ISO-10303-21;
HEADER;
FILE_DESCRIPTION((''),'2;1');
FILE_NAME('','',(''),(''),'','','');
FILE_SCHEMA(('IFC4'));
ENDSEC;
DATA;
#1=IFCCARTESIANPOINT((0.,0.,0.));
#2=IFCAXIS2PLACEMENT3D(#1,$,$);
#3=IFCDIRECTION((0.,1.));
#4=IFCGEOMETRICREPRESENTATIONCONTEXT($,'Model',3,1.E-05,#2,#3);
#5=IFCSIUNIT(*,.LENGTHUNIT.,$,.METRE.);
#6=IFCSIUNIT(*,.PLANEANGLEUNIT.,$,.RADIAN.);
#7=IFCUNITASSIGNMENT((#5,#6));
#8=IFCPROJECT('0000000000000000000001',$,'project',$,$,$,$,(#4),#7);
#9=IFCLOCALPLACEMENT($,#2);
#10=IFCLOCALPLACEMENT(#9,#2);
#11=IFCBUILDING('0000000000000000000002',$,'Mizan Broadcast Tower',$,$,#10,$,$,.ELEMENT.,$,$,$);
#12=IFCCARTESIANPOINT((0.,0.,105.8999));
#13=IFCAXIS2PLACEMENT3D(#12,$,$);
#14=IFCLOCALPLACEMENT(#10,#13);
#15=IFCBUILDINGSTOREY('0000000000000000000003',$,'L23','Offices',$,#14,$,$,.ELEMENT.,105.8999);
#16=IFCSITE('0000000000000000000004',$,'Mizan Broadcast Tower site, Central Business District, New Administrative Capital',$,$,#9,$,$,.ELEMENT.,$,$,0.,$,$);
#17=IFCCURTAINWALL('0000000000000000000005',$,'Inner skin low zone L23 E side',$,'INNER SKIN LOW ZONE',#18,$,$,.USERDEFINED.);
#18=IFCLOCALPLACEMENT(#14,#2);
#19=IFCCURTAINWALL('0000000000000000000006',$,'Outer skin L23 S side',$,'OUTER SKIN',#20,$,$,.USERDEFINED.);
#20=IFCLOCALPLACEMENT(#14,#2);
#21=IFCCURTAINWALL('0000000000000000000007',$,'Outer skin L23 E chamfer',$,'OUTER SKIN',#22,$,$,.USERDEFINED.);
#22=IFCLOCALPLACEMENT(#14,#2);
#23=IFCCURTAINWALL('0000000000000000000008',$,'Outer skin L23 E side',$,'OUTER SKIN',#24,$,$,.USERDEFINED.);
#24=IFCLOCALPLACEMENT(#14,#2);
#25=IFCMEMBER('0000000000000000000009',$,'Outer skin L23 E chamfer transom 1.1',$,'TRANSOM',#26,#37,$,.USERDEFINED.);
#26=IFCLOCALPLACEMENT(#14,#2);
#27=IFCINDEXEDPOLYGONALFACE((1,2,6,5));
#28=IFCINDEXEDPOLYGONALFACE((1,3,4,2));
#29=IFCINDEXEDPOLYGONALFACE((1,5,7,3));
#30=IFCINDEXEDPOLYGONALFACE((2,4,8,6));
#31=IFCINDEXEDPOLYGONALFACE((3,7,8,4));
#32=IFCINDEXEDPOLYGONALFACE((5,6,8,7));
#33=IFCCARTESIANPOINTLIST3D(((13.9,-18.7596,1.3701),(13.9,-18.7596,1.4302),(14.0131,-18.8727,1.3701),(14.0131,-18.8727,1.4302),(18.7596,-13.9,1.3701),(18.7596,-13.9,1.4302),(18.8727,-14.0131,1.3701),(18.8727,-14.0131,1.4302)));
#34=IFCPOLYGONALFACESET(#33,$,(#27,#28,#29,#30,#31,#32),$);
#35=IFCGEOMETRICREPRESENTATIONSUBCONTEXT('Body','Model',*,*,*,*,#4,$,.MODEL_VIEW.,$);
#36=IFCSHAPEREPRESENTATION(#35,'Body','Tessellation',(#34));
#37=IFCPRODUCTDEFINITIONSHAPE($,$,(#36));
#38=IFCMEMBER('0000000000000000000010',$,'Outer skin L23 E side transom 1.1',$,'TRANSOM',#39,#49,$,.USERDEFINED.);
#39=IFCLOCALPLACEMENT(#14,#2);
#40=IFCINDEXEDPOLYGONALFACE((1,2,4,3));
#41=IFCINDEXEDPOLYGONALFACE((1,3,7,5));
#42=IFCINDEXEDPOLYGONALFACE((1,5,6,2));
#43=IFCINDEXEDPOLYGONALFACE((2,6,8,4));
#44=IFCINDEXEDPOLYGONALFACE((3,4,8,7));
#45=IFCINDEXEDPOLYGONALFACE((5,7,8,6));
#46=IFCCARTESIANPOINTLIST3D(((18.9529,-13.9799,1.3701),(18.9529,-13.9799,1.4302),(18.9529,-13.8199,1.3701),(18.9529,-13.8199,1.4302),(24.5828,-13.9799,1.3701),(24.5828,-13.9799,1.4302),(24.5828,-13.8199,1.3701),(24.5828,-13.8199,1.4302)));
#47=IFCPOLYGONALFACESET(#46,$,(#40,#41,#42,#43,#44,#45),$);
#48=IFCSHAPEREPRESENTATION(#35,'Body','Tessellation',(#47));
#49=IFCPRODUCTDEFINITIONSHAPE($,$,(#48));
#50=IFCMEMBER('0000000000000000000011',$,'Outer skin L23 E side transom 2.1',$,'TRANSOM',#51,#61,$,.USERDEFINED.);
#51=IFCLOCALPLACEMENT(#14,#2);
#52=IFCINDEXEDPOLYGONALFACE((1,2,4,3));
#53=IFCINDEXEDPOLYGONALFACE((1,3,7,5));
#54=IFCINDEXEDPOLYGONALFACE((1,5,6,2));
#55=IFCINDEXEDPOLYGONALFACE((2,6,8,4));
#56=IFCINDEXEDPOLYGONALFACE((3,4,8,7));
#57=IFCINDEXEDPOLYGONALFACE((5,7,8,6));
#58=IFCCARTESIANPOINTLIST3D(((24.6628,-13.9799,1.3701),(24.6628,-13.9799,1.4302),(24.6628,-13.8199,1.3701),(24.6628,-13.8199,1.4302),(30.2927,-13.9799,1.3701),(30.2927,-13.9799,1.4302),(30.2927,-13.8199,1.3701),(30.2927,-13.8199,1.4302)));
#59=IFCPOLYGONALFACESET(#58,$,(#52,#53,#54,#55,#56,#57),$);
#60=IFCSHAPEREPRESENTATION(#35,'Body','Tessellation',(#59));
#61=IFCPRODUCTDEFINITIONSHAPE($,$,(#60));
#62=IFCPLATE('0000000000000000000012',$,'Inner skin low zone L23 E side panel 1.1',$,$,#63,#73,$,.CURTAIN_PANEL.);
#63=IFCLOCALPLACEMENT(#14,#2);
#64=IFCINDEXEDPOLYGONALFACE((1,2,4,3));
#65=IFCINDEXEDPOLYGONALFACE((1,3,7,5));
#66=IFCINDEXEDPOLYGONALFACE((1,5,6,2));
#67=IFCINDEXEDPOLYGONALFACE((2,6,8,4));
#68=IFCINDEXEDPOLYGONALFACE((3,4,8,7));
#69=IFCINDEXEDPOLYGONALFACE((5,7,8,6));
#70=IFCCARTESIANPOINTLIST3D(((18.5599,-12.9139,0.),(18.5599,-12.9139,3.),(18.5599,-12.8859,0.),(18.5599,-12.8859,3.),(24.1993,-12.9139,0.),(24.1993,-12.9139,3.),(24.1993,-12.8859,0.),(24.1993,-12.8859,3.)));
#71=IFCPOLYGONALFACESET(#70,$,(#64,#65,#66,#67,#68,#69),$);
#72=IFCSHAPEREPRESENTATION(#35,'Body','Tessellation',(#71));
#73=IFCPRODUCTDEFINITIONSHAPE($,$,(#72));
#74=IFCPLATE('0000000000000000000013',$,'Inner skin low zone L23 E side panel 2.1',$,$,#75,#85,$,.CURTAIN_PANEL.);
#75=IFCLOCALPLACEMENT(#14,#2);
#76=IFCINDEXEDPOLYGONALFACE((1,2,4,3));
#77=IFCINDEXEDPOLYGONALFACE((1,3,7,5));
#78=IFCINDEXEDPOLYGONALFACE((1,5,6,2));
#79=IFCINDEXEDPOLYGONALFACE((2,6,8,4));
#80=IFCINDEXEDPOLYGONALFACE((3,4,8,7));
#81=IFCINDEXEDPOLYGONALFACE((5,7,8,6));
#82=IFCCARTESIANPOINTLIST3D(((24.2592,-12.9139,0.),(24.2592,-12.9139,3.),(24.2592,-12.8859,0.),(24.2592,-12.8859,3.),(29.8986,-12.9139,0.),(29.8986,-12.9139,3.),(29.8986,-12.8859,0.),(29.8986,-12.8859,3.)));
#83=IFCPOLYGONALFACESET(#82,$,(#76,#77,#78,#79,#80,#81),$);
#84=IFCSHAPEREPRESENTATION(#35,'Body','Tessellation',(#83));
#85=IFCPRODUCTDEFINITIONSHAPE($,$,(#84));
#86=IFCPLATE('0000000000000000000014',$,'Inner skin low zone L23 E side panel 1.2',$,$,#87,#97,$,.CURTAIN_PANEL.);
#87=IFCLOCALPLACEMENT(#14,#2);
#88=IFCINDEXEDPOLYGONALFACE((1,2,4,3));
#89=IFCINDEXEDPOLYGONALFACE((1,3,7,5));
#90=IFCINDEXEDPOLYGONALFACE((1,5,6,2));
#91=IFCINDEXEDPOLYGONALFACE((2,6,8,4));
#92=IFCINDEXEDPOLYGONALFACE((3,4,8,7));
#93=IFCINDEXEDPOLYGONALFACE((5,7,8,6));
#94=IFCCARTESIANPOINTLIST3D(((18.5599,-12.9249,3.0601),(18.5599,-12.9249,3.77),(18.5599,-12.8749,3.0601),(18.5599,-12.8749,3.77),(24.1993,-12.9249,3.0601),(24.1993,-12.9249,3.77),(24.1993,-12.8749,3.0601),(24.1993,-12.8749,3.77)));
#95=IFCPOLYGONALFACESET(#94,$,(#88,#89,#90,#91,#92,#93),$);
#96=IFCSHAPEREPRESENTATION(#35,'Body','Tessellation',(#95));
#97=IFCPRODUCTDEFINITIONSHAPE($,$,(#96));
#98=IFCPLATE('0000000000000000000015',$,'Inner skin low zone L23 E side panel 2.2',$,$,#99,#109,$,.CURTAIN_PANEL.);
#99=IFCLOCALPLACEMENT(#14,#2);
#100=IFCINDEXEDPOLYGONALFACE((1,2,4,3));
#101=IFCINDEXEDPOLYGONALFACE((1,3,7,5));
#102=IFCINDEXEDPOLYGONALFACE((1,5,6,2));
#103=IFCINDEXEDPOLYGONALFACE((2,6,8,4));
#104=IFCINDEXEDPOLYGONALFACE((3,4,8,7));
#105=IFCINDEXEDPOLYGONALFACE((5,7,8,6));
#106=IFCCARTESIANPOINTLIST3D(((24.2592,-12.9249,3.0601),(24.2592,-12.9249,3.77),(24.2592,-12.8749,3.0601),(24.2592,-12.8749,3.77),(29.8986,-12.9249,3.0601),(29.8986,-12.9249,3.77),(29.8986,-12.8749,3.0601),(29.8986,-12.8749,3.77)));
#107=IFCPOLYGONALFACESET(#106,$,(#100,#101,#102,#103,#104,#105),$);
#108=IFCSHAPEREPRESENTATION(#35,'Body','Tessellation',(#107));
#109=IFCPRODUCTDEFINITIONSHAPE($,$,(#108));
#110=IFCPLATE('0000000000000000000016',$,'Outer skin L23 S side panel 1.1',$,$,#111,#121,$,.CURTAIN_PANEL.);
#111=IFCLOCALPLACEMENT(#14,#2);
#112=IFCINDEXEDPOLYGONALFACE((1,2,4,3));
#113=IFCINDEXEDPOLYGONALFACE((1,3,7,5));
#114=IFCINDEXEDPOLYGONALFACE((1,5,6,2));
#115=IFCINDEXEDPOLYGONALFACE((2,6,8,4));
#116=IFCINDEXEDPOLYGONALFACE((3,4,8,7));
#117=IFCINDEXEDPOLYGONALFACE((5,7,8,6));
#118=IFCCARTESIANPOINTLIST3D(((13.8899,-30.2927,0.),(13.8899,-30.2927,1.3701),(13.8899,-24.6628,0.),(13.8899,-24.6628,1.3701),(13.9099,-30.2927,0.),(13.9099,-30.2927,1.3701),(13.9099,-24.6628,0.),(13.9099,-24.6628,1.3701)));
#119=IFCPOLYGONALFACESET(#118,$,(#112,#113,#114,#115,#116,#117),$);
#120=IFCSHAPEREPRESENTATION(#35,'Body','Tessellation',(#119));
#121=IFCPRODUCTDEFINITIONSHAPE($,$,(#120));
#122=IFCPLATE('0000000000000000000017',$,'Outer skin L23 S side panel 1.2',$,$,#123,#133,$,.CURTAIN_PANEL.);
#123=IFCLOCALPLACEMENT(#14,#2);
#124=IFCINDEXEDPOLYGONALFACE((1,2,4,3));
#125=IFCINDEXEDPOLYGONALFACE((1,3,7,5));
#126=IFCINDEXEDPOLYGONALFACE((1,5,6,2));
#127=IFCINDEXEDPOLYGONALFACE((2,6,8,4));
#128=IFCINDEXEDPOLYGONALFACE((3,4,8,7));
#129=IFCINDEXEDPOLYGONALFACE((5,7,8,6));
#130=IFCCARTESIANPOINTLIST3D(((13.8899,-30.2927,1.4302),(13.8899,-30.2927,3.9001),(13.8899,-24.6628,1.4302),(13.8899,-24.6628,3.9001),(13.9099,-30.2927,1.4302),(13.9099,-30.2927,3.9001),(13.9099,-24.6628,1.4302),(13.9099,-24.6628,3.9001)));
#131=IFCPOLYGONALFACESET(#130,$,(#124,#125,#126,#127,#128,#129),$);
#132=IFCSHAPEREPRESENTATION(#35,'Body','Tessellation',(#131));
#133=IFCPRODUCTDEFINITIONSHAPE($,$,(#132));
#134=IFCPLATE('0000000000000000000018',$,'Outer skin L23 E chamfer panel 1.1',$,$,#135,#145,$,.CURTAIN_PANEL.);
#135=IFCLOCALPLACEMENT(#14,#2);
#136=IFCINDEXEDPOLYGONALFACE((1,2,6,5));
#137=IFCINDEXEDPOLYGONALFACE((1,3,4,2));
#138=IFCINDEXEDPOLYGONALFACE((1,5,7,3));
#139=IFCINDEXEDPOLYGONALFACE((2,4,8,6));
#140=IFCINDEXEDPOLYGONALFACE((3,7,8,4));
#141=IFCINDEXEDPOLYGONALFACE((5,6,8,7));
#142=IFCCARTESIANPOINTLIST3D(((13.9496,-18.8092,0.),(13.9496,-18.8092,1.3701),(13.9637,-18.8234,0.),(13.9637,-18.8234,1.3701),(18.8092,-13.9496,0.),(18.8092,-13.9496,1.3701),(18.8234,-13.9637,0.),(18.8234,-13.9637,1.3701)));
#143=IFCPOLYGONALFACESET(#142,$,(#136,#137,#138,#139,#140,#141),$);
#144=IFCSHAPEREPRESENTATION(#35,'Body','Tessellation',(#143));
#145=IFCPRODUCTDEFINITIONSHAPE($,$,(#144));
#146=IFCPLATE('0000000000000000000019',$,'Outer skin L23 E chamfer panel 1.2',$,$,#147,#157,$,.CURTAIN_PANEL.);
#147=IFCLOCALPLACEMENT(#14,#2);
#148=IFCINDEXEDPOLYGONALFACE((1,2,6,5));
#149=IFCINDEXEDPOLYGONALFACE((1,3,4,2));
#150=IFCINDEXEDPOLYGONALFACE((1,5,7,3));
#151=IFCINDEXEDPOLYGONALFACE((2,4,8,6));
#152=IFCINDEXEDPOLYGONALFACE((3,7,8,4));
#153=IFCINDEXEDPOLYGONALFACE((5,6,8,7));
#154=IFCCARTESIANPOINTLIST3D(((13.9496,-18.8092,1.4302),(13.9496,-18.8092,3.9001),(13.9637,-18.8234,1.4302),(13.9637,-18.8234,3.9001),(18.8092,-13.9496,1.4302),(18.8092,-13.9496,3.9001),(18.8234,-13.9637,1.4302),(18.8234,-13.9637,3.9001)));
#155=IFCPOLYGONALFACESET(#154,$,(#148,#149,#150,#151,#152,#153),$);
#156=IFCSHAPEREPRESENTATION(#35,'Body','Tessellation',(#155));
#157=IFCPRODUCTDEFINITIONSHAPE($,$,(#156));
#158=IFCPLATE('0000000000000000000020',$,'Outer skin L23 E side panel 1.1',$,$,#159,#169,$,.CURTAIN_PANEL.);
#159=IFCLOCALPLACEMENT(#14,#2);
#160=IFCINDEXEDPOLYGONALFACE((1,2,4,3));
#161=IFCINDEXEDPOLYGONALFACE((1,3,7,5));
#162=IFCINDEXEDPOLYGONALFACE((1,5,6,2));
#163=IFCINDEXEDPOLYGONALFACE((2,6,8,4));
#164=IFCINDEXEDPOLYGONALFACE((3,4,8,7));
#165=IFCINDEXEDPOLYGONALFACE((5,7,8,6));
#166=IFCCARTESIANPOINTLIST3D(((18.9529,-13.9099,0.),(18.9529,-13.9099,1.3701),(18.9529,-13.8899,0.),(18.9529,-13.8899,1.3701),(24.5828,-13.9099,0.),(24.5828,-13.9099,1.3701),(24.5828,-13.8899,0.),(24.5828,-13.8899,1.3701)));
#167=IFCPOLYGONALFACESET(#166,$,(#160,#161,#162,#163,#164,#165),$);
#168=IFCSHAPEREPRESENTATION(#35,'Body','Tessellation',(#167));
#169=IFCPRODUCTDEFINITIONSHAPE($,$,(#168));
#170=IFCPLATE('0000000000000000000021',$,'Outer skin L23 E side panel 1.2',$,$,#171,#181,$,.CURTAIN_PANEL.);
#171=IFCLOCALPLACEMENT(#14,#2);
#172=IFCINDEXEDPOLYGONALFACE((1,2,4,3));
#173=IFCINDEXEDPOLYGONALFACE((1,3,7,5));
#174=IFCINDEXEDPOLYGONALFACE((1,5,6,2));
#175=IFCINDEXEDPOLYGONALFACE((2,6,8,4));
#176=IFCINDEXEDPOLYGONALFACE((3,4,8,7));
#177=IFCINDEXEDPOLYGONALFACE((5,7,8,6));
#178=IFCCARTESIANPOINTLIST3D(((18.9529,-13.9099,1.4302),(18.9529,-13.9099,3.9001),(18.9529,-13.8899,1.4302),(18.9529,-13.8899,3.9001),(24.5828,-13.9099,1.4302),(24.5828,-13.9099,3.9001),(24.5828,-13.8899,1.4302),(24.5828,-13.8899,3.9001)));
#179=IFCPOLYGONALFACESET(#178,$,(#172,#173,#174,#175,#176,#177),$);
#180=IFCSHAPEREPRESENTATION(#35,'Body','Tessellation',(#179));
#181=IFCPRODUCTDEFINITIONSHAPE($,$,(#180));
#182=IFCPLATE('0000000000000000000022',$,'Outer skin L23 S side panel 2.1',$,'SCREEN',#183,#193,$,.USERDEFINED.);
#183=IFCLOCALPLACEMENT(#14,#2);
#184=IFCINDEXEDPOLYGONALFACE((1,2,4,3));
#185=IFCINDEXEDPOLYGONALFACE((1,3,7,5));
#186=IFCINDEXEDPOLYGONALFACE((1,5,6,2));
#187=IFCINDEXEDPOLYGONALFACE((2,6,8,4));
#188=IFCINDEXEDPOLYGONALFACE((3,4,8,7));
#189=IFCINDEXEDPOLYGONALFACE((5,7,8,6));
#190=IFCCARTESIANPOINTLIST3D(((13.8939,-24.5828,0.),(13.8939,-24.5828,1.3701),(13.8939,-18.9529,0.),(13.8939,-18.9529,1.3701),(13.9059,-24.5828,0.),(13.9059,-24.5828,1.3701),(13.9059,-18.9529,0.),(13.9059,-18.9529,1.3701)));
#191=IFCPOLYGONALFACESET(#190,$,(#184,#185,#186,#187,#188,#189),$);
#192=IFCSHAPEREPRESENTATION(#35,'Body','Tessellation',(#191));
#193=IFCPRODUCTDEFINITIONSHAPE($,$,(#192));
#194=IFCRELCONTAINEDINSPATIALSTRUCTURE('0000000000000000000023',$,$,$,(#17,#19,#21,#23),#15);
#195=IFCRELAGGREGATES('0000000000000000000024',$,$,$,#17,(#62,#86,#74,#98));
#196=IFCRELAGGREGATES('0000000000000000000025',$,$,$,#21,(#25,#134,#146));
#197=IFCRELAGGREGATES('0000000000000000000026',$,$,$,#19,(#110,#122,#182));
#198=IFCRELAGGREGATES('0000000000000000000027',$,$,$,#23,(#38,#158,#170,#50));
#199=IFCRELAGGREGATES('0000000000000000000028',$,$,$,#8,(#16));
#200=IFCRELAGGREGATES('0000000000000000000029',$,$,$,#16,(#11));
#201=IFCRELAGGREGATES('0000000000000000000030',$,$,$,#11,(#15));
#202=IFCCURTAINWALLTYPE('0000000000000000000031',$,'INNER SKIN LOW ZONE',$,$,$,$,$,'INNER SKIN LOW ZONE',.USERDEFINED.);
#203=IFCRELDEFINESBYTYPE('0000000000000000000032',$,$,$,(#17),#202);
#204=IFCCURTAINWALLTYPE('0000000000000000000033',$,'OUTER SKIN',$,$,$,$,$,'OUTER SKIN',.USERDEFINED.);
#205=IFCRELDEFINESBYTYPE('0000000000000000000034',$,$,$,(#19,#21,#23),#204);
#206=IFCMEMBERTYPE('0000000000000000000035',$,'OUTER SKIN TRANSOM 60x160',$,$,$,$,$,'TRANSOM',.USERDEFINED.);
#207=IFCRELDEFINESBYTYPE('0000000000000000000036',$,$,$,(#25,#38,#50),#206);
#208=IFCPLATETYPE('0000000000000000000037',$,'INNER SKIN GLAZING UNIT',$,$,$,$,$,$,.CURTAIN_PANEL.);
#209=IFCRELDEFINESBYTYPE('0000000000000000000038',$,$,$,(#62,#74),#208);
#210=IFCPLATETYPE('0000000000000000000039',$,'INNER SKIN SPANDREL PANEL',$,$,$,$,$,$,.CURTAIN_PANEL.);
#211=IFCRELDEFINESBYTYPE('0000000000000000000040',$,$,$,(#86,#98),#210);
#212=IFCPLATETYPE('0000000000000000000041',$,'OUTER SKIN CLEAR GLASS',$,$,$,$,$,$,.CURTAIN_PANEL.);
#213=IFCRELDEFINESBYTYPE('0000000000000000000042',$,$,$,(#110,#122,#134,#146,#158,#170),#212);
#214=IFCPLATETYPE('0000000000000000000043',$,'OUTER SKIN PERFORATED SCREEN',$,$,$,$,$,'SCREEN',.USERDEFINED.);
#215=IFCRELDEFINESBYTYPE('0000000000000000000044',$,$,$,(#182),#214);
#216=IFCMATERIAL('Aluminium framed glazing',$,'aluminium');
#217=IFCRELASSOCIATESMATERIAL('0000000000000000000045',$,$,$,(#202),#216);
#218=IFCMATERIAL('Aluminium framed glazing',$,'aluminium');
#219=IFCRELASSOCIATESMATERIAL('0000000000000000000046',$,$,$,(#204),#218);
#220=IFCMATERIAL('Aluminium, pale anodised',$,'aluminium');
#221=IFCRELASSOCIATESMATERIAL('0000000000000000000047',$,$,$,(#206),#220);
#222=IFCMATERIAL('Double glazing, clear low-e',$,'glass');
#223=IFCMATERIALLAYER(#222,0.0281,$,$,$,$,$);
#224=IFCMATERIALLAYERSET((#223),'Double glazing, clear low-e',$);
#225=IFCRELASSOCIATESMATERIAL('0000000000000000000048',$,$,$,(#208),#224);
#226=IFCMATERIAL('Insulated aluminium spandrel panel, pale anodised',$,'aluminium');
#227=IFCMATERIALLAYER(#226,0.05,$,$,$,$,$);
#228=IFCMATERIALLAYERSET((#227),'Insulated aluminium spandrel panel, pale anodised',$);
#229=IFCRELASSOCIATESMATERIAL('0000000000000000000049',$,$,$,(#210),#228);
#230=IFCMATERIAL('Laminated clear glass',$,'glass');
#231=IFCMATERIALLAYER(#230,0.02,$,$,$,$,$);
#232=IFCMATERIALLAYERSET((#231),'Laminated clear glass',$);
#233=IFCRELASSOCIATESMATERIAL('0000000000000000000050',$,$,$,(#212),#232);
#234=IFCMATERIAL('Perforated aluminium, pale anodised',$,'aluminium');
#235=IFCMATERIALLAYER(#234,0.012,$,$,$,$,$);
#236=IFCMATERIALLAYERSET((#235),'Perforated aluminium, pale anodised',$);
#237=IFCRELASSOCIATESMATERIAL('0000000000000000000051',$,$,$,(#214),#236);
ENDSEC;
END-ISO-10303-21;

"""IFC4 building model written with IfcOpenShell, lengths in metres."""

from ifc_helpers import new_model, si_unit, direction, frame, origin, origin_2d, place, context, subcontext, project, spatial, rectangle, extrude, material, layer, layer_set, material_profile, profile_set, type_object, element, aggregate, save


model = new_model("IFC4")

# Units and contexts
model_context = context("Model", 3, precision=1e-05, world=origin(), true_north=direction((0.0, 1.0)))
body_context = subcontext(model_context, "Body", "Model", "MODEL_VIEW")
ifc_project = project(units=[si_unit("LENGTHUNIT", "METRE"), si_unit("PLANEANGLEUNIT", "RADIAN")], contexts=[model_context])

# Site, building, storey
site_placement = place(None, origin())
site = spatial("IfcSite", under=ifc_project, at=site_placement, Name="Mizan Broadcast Tower site, Central Business District, New Administrative Capital", CompositionType="ELEMENT", RefElevation=0.0)
building_placement = place(site_placement, origin())
building = spatial("IfcBuilding", under=site, at=building_placement, Name="Mizan Broadcast Tower", CompositionType="ELEMENT")
storey_placement = place(building_placement, frame((0.0, 0.0, 105.8999)))
storey = spatial("IfcBuildingStorey", under=building, at=storey_placement, Name="L23", Description="Offices", CompositionType="ELEMENT", Elevation=105.8999)

# Curtain wall
ifc_material_1 = material(Name="Aluminium framed glazing", Category="aluminium")
curtain_wall_type_1 = type_object("IfcCurtainWallType", Name="INNER SKIN LOW ZONE", ElementType="INNER SKIN LOW ZONE", PredefinedType="USERDEFINED", material=ifc_material_1)
curtain_wall_1_placement = place(storey_placement, origin())
curtain_wall_1 = element("IfcCurtainWall", 1, at=curtain_wall_1_placement, inside=storey, type_object=curtain_wall_type_1, Name="Inner skin low zone L23 E side", ObjectType="INNER SKIN LOW ZONE", PredefinedType="USERDEFINED")

# Shared definitions
ifc_material_2 = material(Name="Aluminium framed glazing", Category="aluminium")
curtain_wall_type_2 = type_object("IfcCurtainWallType", Name="OUTER SKIN", ElementType="OUTER SKIN", PredefinedType="USERDEFINED", material=ifc_material_2)

# Curtain wall
curtain_wall_2_placement = place(storey_placement, origin())
curtain_wall_2 = element("IfcCurtainWall", 2, at=curtain_wall_2_placement, inside=storey, type_object=curtain_wall_type_2, Name="Outer skin L23 S side", ObjectType="OUTER SKIN", PredefinedType="USERDEFINED")

# Curtain wall
curtain_wall_3_placement = place(storey_placement, origin())
curtain_wall_3 = element("IfcCurtainWall", 3, at=curtain_wall_3_placement, inside=storey, type_object=curtain_wall_type_2, Name="Outer skin L23 E chamfer", ObjectType="OUTER SKIN", PredefinedType="USERDEFINED")

# Curtain wall
curtain_wall_4_placement = place(storey_placement, origin())
curtain_wall_4 = element("IfcCurtainWall", 4, at=curtain_wall_4_placement, inside=storey, type_object=curtain_wall_type_2, Name="Outer skin L23 E side", ObjectType="OUTER SKIN", PredefinedType="USERDEFINED")

# Shared definitions
ifc_material_3 = material(Name="Aluminium, pale anodised", Category="aluminium")
ifc_material_profile_1 = material_profile(ifc_material_3, rectangle(XDim=0.1599, YDim=0.0601, at=origin_2d()), Name="TRANSOM 160x60")
ifc_profile_set_1 = profile_set([ifc_material_profile_1], Name="Aluminium, pale anodised")
member_type_1 = type_object("IfcMemberType", Name="OUTER SKIN TRANSOM 60x160", ElementType="TRANSOM", PredefinedType="USERDEFINED", material=ifc_profile_set_1)

# Members
member_1_placement = place(storey_placement, frame((13.9565, -18.8162, 1.4001), z_axis=(0.707107, 0.707107, 0.0), x_axis=(-0.707107, 0.707107, 0.0)))
member_1 = element("IfcMember", 5, at=member_1_placement, type_object=member_type_1, Name="Outer skin L23 E chamfer transom 1.1", ObjectType="TRANSOM", PredefinedType="USERDEFINED", context=body_context, shape_type="SweptSolid", body=[
    extrude(rectangle(XDim=0.1599, YDim=0.0601, at=origin_2d()), origin(), (0.0, 0.0, 1.0), 6.8726),
])
member_2_placement = place(storey_placement, frame((18.9529, -13.8999, 1.4001), z_axis=(1.0, 0.0, 0.0), x_axis=(0.0, 1.0, 0.0)))
member_2 = element("IfcMember", 6, at=member_2_placement, type_object=member_type_1, Name="Outer skin L23 E side transom 1.1", ObjectType="TRANSOM", PredefinedType="USERDEFINED", context=body_context, shape_type="SweptSolid", body=[
    extrude(rectangle(XDim=0.1599, YDim=0.0601, at=origin_2d()), origin(), (0.0, 0.0, 1.0), 5.6299),
])
member_3_placement = place(storey_placement, frame((24.6628, -13.8999, 1.4001), z_axis=(1.0, 0.0, 0.0), x_axis=(0.0, 1.0, 0.0)))
member_3 = element("IfcMember", 7, at=member_3_placement, type_object=member_type_1, Name="Outer skin L23 E side transom 2.1", ObjectType="TRANSOM", PredefinedType="USERDEFINED", context=body_context, shape_type="SweptSolid", body=[
    extrude(rectangle(XDim=0.1599, YDim=0.0601, at=origin_2d()), origin(), (0.0, 0.0, 1.0), 5.6299),
])

# Plates
ifc_material_4 = material(Name="Double glazing, clear low-e", Category="glass")
ifc_layer_1 = layer(ifc_material_4, 0.0281)
ifc_layer_set_1 = layer_set([ifc_layer_1], Name="Double glazing, clear low-e")
plate_type_1 = type_object("IfcPlateType", Name="INNER SKIN GLAZING UNIT", PredefinedType="CURTAIN_PANEL", material=ifc_layer_set_1)
plate_1_placement = place(storey_placement, frame((21.3796, -12.8999, 0.0), z_axis=(0.0, 0.0, 1.0), x_axis=(1.0, 0.0, 0.0)))
plate_1 = element("IfcPlate", 8, at=plate_1_placement, type_object=plate_type_1, Name="Inner skin low zone L23 E side panel 1.1", PredefinedType="CURTAIN_PANEL", context=body_context, shape_type="SweptSolid", body=[
    extrude(rectangle(XDim=5.6394, YDim=0.0281, at=origin_2d()), origin(), (0.0, 0.0, 1.0), 3.0),
])
plate_2_placement = place(storey_placement, frame((27.0789, -12.8999, 0.0), z_axis=(0.0, 0.0, 1.0), x_axis=(1.0, 0.0, 0.0)))
plate_2 = element("IfcPlate", 9, at=plate_2_placement, type_object=plate_type_1, Name="Inner skin low zone L23 E side panel 2.1", PredefinedType="CURTAIN_PANEL", context=body_context, shape_type="SweptSolid", body=[
    extrude(rectangle(XDim=5.6394, YDim=0.0281, at=origin_2d()), origin(), (0.0, 0.0, 1.0), 3.0),
])
ifc_material_5 = material(Name="Insulated aluminium spandrel panel, pale anodised", Category="aluminium")
ifc_layer_2 = layer(ifc_material_5, 0.05)
ifc_layer_set_2 = layer_set([ifc_layer_2], Name="Insulated aluminium spandrel panel, pale anodised")
plate_type_2 = type_object("IfcPlateType", Name="INNER SKIN SPANDREL PANEL", PredefinedType="CURTAIN_PANEL", material=ifc_layer_set_2)
plate_3_placement = place(storey_placement, frame((21.3796, -12.8999, 3.0601), z_axis=(0.0, 0.0, 1.0), x_axis=(1.0, 0.0, 0.0)))
plate_3 = element("IfcPlate", 10, at=plate_3_placement, type_object=plate_type_2, Name="Inner skin low zone L23 E side panel 1.2", PredefinedType="CURTAIN_PANEL", context=body_context, shape_type="SweptSolid", body=[
    extrude(rectangle(XDim=5.6394, YDim=0.05, at=origin_2d()), origin(), (0.0, 0.0, 1.0), 0.71),
])
plate_4_placement = place(storey_placement, frame((27.0789, -12.8999, 3.0601), z_axis=(0.0, 0.0, 1.0), x_axis=(1.0, 0.0, 0.0)))
plate_4 = element("IfcPlate", 11, at=plate_4_placement, type_object=plate_type_2, Name="Inner skin low zone L23 E side panel 2.2", PredefinedType="CURTAIN_PANEL", context=body_context, shape_type="SweptSolid", body=[
    extrude(rectangle(XDim=5.6394, YDim=0.05, at=origin_2d()), origin(), (0.0, 0.0, 1.0), 0.71),
])
aggregate(curtain_wall_1, [plate_1, plate_3, plate_2, plate_4])
ifc_material_6 = material(Name="Laminated clear glass", Category="glass")
ifc_layer_3 = layer(ifc_material_6, 0.02)
ifc_layer_set_3 = layer_set([ifc_layer_3], Name="Laminated clear glass")
plate_type_3 = type_object("IfcPlateType", Name="OUTER SKIN CLEAR GLASS", PredefinedType="CURTAIN_PANEL", material=ifc_layer_set_3)
plate_5_placement = place(storey_placement, frame((13.8999, -27.4778, 0.0), z_axis=(0.0, 0.0, 1.0), x_axis=(0.0, 1.0, 0.0)))
plate_5 = element("IfcPlate", 12, at=plate_5_placement, type_object=plate_type_3, Name="Outer skin L23 S side panel 1.1", PredefinedType="CURTAIN_PANEL", context=body_context, shape_type="SweptSolid", body=[
    extrude(rectangle(XDim=5.6299, YDim=0.02, at=origin_2d()), origin(), (0.0, 0.0, 1.0), 1.3701),
])
plate_6_placement = place(storey_placement, frame((13.8999, -27.4778, 1.4302), z_axis=(0.0, 0.0, 1.0), x_axis=(0.0, 1.0, 0.0)))
plate_6 = element("IfcPlate", 13, at=plate_6_placement, type_object=plate_type_3, Name="Outer skin L23 S side panel 1.2", PredefinedType="CURTAIN_PANEL", context=body_context, shape_type="SweptSolid", body=[
    extrude(rectangle(XDim=5.6299, YDim=0.02, at=origin_2d()), origin(), (0.0, 0.0, 1.0), 2.47),
])
plate_7_placement = place(storey_placement, frame((16.3865, -16.3865, 0.0), z_axis=(0.0, 0.0, 1.0), x_axis=(0.707107, 0.707107, 0.0)))
plate_7 = element("IfcPlate", 14, at=plate_7_placement, type_object=plate_type_3, Name="Outer skin L23 E chamfer panel 1.1", PredefinedType="CURTAIN_PANEL", context=body_context, shape_type="SweptSolid", body=[
    extrude(rectangle(XDim=6.8726, YDim=0.02, at=origin_2d()), origin(), (0.0, 0.0, 1.0), 1.3701),
])
plate_8_placement = place(storey_placement, frame((16.3865, -16.3865, 1.4302), z_axis=(0.0, 0.0, 1.0), x_axis=(0.707107, 0.707107, 0.0)))
plate_8 = element("IfcPlate", 15, at=plate_8_placement, type_object=plate_type_3, Name="Outer skin L23 E chamfer panel 1.2", PredefinedType="CURTAIN_PANEL", context=body_context, shape_type="SweptSolid", body=[
    extrude(rectangle(XDim=6.8726, YDim=0.02, at=origin_2d()), origin(), (0.0, 0.0, 1.0), 2.47),
])
aggregate(curtain_wall_3, [member_1, plate_7, plate_8])
plate_9_placement = place(storey_placement, frame((21.7678, -13.8999, 0.0), z_axis=(0.0, 0.0, 1.0), x_axis=(1.0, 0.0, 0.0)))
plate_9 = element("IfcPlate", 16, at=plate_9_placement, type_object=plate_type_3, Name="Outer skin L23 E side panel 1.1", PredefinedType="CURTAIN_PANEL", context=body_context, shape_type="SweptSolid", body=[
    extrude(rectangle(XDim=5.6299, YDim=0.02, at=origin_2d()), origin(), (0.0, 0.0, 1.0), 1.3701),
])
plate_10_placement = place(storey_placement, frame((21.7678, -13.8999, 1.4302), z_axis=(0.0, 0.0, 1.0), x_axis=(1.0, 0.0, 0.0)))
plate_10 = element("IfcPlate", 17, at=plate_10_placement, type_object=plate_type_3, Name="Outer skin L23 E side panel 1.2", PredefinedType="CURTAIN_PANEL", context=body_context, shape_type="SweptSolid", body=[
    extrude(rectangle(XDim=5.6299, YDim=0.02, at=origin_2d()), origin(), (0.0, 0.0, 1.0), 2.47),
])
ifc_material_7 = material(Name="Perforated aluminium, pale anodised", Category="aluminium")
ifc_layer_4 = layer(ifc_material_7, 0.012)
ifc_layer_set_4 = layer_set([ifc_layer_4], Name="Perforated aluminium, pale anodised")
plate_type_4 = type_object("IfcPlateType", Name="OUTER SKIN PERFORATED SCREEN", ElementType="SCREEN", PredefinedType="USERDEFINED", material=ifc_layer_set_4)
plate_11_placement = place(storey_placement, frame((13.8999, -21.7678, 0.0), z_axis=(0.0, 0.0, 1.0), x_axis=(0.0, 1.0, 0.0)))
plate_11 = element("IfcPlate", 18, at=plate_11_placement, type_object=plate_type_4, Name="Outer skin L23 S side panel 2.1", ObjectType="SCREEN", PredefinedType="USERDEFINED", context=body_context, shape_type="SweptSolid", body=[
    extrude(rectangle(XDim=5.6299, YDim=0.012, at=origin_2d()), origin(), (0.0, 0.0, 1.0), 1.3701),
])
aggregate(curtain_wall_2, [plate_5, plate_6, plate_11])
aggregate(curtain_wall_4, [member_2, plate_9, plate_10, member_3])

save(model, "model.ifc")
